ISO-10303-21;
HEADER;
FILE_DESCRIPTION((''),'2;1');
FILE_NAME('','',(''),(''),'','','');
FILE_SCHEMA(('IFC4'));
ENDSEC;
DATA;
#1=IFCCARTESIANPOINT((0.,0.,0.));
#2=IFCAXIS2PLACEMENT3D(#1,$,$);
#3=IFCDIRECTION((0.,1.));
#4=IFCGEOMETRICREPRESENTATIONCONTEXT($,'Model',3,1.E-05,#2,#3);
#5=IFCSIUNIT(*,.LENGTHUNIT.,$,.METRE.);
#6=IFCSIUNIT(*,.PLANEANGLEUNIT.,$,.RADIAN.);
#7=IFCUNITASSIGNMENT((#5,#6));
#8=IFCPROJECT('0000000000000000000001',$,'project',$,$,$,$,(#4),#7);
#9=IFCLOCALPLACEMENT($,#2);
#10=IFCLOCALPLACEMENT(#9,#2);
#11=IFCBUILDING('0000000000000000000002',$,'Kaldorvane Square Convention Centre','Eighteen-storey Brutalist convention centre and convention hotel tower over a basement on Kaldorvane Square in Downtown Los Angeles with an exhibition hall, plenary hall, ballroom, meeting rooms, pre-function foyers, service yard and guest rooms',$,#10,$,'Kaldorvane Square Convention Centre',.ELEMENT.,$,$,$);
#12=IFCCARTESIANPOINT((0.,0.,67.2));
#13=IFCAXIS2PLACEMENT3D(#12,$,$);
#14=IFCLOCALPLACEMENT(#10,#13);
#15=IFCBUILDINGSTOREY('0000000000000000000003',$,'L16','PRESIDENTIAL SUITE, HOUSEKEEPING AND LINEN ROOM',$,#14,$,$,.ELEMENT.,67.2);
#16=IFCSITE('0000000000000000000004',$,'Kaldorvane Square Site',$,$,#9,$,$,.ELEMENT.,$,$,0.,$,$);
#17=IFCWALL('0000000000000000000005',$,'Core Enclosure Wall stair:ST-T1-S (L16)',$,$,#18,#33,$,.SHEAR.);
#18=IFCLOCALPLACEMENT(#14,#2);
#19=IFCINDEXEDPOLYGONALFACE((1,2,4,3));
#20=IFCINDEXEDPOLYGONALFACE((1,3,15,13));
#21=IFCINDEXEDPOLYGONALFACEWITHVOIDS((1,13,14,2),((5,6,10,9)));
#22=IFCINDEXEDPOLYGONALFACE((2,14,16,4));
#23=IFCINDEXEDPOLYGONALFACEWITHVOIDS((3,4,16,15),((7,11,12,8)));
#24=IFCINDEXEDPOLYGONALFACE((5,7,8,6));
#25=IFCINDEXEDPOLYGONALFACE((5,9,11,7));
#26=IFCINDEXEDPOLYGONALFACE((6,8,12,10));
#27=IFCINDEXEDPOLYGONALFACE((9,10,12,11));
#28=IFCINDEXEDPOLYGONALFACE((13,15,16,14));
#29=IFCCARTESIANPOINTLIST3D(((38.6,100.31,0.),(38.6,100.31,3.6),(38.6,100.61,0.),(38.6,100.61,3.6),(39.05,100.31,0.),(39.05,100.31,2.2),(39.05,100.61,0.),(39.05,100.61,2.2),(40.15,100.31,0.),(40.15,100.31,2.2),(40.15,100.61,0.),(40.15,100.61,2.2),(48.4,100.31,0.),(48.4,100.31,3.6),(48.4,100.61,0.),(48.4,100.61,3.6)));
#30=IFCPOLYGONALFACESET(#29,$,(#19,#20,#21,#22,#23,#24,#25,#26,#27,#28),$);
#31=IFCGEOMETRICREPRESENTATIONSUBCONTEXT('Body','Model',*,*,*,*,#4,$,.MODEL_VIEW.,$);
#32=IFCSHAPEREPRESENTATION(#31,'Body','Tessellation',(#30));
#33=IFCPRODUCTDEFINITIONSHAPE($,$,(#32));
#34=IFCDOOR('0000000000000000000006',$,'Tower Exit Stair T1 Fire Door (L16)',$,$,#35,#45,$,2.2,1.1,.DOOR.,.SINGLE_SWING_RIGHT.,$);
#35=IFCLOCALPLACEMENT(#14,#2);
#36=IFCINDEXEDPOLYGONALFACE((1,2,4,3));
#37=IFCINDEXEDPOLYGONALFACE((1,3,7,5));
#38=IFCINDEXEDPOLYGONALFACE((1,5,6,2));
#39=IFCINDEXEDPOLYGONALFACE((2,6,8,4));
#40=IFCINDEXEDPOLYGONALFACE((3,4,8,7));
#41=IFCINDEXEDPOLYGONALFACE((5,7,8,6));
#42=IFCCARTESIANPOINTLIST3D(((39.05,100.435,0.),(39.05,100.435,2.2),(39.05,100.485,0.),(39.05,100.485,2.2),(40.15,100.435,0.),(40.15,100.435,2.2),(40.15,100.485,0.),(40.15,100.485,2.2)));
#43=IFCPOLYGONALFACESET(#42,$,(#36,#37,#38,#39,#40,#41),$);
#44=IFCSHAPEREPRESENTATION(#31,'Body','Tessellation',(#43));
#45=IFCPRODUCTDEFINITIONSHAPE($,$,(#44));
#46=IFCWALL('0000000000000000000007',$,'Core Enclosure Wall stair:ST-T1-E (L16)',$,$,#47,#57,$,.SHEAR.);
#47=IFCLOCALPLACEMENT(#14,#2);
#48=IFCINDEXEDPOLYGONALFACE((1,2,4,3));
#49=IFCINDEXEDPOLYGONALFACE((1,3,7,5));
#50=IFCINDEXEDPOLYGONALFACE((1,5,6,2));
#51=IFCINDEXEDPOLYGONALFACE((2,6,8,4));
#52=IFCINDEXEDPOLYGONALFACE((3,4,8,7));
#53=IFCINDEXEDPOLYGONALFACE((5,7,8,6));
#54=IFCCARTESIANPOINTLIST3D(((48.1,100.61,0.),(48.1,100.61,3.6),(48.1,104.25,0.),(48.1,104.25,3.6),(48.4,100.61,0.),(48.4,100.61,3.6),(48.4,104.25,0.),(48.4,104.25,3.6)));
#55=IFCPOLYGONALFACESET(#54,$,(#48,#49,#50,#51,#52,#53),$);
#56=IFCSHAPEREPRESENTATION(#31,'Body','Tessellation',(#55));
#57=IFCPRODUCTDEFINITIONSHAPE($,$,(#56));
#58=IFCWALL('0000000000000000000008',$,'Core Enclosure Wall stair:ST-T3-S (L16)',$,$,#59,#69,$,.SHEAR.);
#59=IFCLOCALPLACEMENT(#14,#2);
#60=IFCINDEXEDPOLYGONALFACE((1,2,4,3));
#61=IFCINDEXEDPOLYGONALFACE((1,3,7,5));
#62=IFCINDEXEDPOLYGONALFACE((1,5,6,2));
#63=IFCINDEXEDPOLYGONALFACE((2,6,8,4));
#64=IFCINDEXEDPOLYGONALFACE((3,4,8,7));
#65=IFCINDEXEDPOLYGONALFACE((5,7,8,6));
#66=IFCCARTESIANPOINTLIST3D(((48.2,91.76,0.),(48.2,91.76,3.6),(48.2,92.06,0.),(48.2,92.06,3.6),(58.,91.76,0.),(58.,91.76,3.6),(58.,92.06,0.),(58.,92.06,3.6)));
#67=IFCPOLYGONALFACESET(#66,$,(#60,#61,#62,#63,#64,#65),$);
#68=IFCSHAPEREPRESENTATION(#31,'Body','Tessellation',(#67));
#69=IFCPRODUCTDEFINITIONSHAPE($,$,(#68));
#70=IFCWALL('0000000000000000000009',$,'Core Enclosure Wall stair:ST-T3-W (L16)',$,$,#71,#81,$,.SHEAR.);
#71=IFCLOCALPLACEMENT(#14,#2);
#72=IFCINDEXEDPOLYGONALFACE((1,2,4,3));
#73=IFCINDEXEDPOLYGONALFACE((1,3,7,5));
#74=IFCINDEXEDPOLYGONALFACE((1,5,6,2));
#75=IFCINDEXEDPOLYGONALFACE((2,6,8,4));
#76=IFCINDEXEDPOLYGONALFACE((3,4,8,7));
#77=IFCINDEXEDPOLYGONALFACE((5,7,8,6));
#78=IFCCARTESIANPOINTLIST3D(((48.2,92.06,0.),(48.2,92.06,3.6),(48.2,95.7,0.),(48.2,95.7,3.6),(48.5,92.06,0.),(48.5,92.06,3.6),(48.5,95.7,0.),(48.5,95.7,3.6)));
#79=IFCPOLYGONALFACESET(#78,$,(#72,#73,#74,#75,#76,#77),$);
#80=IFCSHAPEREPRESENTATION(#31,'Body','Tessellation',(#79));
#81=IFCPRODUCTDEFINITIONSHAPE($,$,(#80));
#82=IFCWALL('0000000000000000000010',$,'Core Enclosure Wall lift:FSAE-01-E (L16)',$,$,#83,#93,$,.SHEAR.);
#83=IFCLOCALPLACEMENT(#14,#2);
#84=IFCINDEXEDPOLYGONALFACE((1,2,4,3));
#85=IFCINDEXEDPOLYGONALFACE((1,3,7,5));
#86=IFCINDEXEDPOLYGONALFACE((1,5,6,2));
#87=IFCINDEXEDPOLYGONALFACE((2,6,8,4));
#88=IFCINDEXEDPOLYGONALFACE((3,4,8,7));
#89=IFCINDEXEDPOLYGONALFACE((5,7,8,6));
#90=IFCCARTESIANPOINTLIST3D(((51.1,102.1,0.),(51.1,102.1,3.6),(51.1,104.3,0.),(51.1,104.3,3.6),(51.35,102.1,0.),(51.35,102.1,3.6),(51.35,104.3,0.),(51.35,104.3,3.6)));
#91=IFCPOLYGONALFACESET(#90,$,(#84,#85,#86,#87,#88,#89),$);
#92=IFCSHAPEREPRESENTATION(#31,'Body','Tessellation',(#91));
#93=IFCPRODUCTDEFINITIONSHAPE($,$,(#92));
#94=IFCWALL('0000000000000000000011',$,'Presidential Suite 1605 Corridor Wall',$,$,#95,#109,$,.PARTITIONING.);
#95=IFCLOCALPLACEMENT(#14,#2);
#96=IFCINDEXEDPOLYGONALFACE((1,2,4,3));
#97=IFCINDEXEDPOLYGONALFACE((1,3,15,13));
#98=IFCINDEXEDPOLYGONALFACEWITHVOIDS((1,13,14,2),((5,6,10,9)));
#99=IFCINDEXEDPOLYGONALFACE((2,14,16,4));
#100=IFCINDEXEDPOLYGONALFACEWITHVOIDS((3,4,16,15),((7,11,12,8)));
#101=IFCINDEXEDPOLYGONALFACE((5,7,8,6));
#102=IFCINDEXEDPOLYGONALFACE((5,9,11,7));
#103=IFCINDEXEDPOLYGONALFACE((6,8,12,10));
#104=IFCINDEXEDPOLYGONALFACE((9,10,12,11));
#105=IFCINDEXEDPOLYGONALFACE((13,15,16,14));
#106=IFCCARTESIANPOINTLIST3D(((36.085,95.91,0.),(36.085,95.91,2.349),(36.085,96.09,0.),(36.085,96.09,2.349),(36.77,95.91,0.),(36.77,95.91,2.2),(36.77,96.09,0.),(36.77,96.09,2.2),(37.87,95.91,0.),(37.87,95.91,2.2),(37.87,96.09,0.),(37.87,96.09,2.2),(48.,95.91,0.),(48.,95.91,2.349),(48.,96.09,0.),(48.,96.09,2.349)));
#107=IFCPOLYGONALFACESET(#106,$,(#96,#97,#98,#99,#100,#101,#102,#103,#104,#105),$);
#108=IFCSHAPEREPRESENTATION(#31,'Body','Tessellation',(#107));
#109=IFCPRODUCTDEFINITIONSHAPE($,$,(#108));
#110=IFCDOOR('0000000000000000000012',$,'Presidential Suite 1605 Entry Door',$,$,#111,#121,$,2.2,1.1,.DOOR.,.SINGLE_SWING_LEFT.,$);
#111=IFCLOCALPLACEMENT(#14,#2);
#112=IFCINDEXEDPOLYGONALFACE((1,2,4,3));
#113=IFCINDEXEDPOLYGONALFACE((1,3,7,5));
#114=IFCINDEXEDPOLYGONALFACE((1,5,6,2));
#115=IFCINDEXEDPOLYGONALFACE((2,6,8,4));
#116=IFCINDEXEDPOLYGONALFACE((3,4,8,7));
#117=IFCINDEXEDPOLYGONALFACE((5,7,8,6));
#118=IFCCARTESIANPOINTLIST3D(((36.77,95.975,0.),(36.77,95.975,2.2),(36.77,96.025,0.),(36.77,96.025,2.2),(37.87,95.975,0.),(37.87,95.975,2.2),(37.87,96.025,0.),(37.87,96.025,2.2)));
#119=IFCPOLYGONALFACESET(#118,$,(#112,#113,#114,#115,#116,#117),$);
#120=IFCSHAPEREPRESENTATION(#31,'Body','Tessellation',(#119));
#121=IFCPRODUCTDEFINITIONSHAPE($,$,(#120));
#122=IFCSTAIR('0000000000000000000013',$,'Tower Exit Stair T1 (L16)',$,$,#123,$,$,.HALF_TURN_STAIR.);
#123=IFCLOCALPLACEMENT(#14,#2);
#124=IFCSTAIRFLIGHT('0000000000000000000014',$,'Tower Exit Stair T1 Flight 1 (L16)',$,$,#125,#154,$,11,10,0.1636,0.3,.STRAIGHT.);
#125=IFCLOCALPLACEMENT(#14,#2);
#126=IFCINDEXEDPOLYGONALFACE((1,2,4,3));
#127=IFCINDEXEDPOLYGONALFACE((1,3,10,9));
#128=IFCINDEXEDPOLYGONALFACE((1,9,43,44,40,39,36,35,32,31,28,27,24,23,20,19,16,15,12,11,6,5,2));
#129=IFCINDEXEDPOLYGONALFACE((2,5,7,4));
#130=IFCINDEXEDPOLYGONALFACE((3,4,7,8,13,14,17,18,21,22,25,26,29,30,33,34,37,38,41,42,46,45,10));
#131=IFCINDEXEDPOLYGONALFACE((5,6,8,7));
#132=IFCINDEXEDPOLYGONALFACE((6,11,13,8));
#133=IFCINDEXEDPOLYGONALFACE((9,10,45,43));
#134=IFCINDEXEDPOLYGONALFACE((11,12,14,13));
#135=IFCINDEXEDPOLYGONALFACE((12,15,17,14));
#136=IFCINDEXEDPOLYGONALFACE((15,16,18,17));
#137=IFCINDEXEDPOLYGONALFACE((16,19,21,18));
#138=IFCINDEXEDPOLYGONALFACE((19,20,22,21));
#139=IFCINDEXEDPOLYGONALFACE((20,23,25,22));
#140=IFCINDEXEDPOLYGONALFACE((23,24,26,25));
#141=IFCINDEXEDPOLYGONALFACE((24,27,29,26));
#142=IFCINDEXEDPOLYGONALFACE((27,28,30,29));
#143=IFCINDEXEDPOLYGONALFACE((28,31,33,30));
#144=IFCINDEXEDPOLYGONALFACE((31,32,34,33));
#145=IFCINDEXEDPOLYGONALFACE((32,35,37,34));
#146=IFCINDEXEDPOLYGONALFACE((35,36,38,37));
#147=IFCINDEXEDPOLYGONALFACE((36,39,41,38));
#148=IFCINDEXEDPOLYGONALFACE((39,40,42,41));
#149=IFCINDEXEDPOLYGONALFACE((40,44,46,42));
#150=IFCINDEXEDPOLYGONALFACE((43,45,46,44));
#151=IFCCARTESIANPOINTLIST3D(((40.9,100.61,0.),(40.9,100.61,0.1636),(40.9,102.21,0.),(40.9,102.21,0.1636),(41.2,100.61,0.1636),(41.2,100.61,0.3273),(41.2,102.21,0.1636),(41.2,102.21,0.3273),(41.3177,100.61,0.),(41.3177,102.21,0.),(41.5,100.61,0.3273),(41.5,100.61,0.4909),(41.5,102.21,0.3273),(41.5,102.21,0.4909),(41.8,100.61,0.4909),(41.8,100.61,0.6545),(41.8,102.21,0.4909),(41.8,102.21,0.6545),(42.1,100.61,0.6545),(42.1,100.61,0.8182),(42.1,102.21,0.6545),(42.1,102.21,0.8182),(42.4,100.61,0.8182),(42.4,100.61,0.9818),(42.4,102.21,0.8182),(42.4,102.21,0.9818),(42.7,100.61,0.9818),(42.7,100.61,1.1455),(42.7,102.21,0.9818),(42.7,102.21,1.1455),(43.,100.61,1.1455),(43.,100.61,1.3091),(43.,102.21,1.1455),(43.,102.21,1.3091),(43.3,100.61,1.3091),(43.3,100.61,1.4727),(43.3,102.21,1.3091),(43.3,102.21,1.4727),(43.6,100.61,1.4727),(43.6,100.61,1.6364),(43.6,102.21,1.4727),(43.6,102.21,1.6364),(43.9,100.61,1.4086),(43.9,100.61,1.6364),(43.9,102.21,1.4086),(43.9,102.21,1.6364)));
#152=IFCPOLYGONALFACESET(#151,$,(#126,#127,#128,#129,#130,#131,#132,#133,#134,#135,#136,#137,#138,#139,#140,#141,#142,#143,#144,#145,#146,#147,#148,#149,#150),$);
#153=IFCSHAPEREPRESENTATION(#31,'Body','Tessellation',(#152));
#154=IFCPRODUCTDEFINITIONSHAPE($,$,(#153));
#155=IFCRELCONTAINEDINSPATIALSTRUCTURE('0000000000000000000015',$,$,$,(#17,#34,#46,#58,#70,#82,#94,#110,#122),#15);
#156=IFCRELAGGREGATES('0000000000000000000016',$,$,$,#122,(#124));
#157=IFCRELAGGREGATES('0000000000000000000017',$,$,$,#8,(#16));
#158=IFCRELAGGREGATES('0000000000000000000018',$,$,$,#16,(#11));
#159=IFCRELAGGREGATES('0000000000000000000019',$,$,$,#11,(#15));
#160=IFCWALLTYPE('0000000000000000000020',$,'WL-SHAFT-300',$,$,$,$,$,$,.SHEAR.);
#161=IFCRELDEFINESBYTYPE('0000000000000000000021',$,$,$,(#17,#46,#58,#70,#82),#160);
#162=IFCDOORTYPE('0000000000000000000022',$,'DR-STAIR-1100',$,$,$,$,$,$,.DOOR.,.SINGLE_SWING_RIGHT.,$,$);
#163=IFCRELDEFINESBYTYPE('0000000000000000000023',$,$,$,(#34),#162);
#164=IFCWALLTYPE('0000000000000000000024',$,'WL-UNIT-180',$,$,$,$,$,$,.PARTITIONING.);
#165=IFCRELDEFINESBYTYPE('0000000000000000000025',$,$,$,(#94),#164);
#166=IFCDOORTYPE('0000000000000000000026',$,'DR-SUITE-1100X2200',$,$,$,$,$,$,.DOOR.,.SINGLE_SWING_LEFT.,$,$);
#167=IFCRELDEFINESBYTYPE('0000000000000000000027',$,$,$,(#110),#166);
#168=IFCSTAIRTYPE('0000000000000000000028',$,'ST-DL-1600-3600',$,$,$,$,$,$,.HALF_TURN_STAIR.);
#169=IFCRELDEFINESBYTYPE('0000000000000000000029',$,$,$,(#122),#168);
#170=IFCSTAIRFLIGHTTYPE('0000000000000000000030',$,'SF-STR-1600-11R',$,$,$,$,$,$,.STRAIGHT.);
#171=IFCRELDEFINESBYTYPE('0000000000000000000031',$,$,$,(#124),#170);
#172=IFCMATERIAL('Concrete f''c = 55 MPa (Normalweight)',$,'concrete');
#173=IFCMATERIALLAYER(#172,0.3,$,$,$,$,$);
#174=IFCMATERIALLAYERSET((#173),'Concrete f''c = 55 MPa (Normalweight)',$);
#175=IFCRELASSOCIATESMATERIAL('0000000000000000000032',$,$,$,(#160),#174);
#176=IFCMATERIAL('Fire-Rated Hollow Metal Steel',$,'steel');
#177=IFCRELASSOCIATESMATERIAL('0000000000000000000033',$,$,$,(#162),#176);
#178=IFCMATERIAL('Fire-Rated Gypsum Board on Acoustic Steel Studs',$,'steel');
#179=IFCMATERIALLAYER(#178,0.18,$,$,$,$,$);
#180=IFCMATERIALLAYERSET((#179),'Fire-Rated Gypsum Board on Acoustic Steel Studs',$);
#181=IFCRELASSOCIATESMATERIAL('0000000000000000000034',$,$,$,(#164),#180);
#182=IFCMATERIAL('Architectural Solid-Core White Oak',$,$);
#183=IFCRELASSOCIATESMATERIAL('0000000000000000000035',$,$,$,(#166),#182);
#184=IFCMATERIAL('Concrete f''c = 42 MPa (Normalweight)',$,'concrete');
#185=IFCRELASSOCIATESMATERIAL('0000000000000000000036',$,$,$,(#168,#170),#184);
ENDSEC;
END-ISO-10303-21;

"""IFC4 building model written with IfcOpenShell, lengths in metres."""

from ifc_helpers import new_model, si_unit, direction, frame, frame_2d, origin, place, context, subcontext, project, spatial, polyline, rectangle, outline, extrude, material, layer, layer_set, type_object, element, fill, aggregate, save


model = new_model("IFC4")

# Units and contexts
model_context = context("Model", 3, precision=1e-05, world=origin(), true_north=direction((0.0, 1.0)))
body_context = subcontext(model_context, "Body", "Model", "MODEL_VIEW")
ifc_project = project(units=[si_unit("LENGTHUNIT", "METRE"), si_unit("PLANEANGLEUNIT", "RADIAN")], contexts=[model_context])

# Site, building, storey
site_placement = place(None, origin())
site = spatial("IfcSite", under=ifc_project, at=site_placement, Name="Kaldorvane Square Site", CompositionType="ELEMENT", RefElevation=0.0)
building_placement = place(site_placement, origin())
building = spatial("IfcBuilding", under=site, at=building_placement, Name="Kaldorvane Square Convention Centre", Description="Eighteen-storey Brutalist convention centre and convention hotel tower over a basement on Kaldorvane Square in Downtown Los Angeles with an exhibition hall, plenary hall, ballroom, meeting rooms, pre-function foyers, service yard and guest rooms", LongName="Kaldorvane Square Convention Centre", CompositionType="ELEMENT")
storey_placement = place(building_placement, frame((0.0, 0.0, 67.2)))
storey = spatial("IfcBuildingStorey", under=building, at=storey_placement, Name="L16", Description="PRESIDENTIAL SUITE, HOUSEKEEPING AND LINEN ROOM", CompositionType="ELEMENT", Elevation=67.2)

# Shared definitions
ifc_material_1 = material(Name="Fire-Rated Gypsum Board on Acoustic Steel Studs", Category="steel")
ifc_material_2 = material(Name="Architectural Solid-Core White Oak")

# Wall, opening, door
ifc_material_3 = material(Name="Concrete f'c = 55 MPa (Normalweight)", Category="concrete")
ifc_layer_1 = layer(ifc_material_3, 0.3)
ifc_layer_set_1 = layer_set([ifc_layer_1], Name="Concrete f'c = 55 MPa (Normalweight)")
wall_type_1 = type_object("IfcWallType", Name="WL-SHAFT-300", PredefinedType="SHEAR", material=ifc_layer_set_1)
wall_1_placement = place(storey_placement, frame((38.6, 100.46, 0.0), z_axis=(0.0, 0.0, 1.0), x_axis=(1.0, 0.0, 0.0)))
wall_1 = element("IfcWall", 1, at=wall_1_placement, inside=storey, type_object=wall_type_1, Name="Core Enclosure Wall stair:ST-T1-S (L16)", PredefinedType="SHEAR", context=body_context, shape_type="SweptSolid", body=[
    extrude(rectangle(XDim=9.8, YDim=0.3, at=frame_2d((4.9, 0.0))), origin(), (0.0, 0.0, 1.0), 3.6),
])
opening_1_placement = place(wall_1_placement, frame((0.45, 0.0, 0.0)))
opening_1 = element("IfcOpeningElement", 2, at=opening_1_placement, cuts=wall_1, PredefinedType="OPENING", context=body_context, shape_type="SweptSolid", body=[
    extrude(rectangle(XDim=1.1, YDim=2.2, at=frame_2d((0.55, 1.1))), frame((0.0, 0.165, 0.0), z_axis=(0.0, -1.0, 0.0), x_axis=(1.0, 0.0, 0.0)), (0.0, 0.0, 1.0), 0.33),
])
ifc_material_4 = material(Name="Fire-Rated Hollow Metal Steel", Category="steel")
door_type_1 = type_object("IfcDoorType", Name="DR-STAIR-1100", OperationType="SINGLE_SWING_RIGHT", PredefinedType="DOOR", material=ifc_material_4)
door_1_placement = place(opening_1_placement, origin())
door_1 = element("IfcDoor", 3, at=door_1_placement, inside=storey, type_object=door_type_1, Name="Tower Exit Stair T1 Fire Door (L16)", OperationType="SINGLE_SWING_RIGHT", OverallHeight=2.2, OverallWidth=1.1, PredefinedType="DOOR", context=body_context, shape_type="SweptSolid", body=[
    extrude(rectangle(XDim=1.1, YDim=2.2, at=frame_2d((0.55, 1.1))), frame((0.0, 0.025, 0.0), z_axis=(0.0, -1.0, 0.0), x_axis=(1.0, 0.0, 0.0)), (0.0, 0.0, 1.0), 0.05),
])
fill(opening_1, door_1)

# Walls
wall_2_placement = place(storey_placement, frame((48.25, 100.61, 0.0), z_axis=(0.0, 0.0, 1.0), x_axis=(0.0, 1.0, 0.0)))
element("IfcWall", 4, at=wall_2_placement, inside=storey, type_object=wall_type_1, Name="Core Enclosure Wall stair:ST-T1-E (L16)", PredefinedType="SHEAR", context=body_context, shape_type="SweptSolid", body=[
    extrude(rectangle(XDim=3.64, YDim=0.3, at=frame_2d((1.82, 0.0))), origin(), (0.0, 0.0, 1.0), 3.6),
])
wall_3_placement = place(storey_placement, frame((48.2, 91.91, 0.0), z_axis=(0.0, 0.0, 1.0), x_axis=(1.0, 0.0, 0.0)))
element("IfcWall", 5, at=wall_3_placement, inside=storey, type_object=wall_type_1, Name="Core Enclosure Wall stair:ST-T3-S (L16)", PredefinedType="SHEAR", context=body_context, shape_type="SweptSolid", body=[
    extrude(rectangle(XDim=9.8, YDim=0.3, at=frame_2d((4.9, 0.0))), origin(), (0.0, 0.0, 1.0), 3.6),
])
wall_4_placement = place(storey_placement, frame((48.35, 95.7, 0.0), z_axis=(0.0, 0.0, 1.0), x_axis=(0.0, -1.0, 0.0)))
element("IfcWall", 6, at=wall_4_placement, inside=storey, type_object=wall_type_1, Name="Core Enclosure Wall stair:ST-T3-W (L16)", PredefinedType="SHEAR", context=body_context, shape_type="SweptSolid", body=[
    extrude(rectangle(XDim=3.64, YDim=0.3, at=frame_2d((1.82, 0.0))), origin(), (0.0, 0.0, 1.0), 3.6),
])

# Wall
wall_5_placement = place(storey_placement, frame((51.225, 102.1, 0.0), z_axis=(0.0, 0.0, 1.0), x_axis=(0.0, 1.0, 0.0)))
element("IfcWall", 7, at=wall_5_placement, inside=storey, type_object=wall_type_1, Name="Core Enclosure Wall lift:FSAE-01-E (L16)", PredefinedType="SHEAR", context=body_context, shape_type="SweptSolid", body=[
    extrude(rectangle(XDim=2.2, YDim=0.25, at=frame_2d((1.1, 0.0))), origin(), (0.0, 0.0, 1.0), 3.6),
])

# Wall, opening, door
ifc_layer_2 = layer(ifc_material_1, 0.18)
ifc_layer_set_2 = layer_set([ifc_layer_2], Name="Fire-Rated Gypsum Board on Acoustic Steel Studs")
wall_type_2 = type_object("IfcWallType", Name="WL-UNIT-180", PredefinedType="PARTITIONING", material=ifc_layer_set_2)
wall_6_placement = place(storey_placement, frame((36.085, 96.0, 0.0), z_axis=(0.0, 0.0, 1.0), x_axis=(1.0, 0.0, 0.0)))
wall_6 = element("IfcWall", 8, at=wall_6_placement, inside=storey, type_object=wall_type_2, Name="Presidential Suite 1605 Corridor Wall", PredefinedType="PARTITIONING", context=body_context, shape_type="SweptSolid", body=[
    extrude(rectangle(XDim=11.915, YDim=0.18, at=frame_2d((5.9575, 0.0))), origin(), (0.0, 0.0, 1.0), 2.349),
])
opening_2_placement = place(wall_6_placement, frame((0.685, 0.0, 0.0)))
opening_2 = element("IfcOpeningElement", 9, at=opening_2_placement, cuts=wall_6, PredefinedType="OPENING", context=body_context, shape_type="SweptSolid", body=[
    extrude(rectangle(XDim=1.1, YDim=2.2, at=frame_2d((0.55, 1.1))), frame((0.0, 0.105, 0.0), z_axis=(0.0, -1.0, 0.0), x_axis=(1.0, 0.0, 0.0)), (0.0, 0.0, 1.0), 0.21),
])
door_type_2 = type_object("IfcDoorType", Name="DR-SUITE-1100X2200", OperationType="SINGLE_SWING_LEFT", PredefinedType="DOOR", material=ifc_material_2)
door_2_placement = place(opening_2_placement, origin())
door_2 = element("IfcDoor", 10, at=door_2_placement, inside=storey, type_object=door_type_2, Name="Presidential Suite 1605 Entry Door", OperationType="SINGLE_SWING_LEFT", OverallHeight=2.2, OverallWidth=1.1, PredefinedType="DOOR", context=body_context, shape_type="SweptSolid", body=[
    extrude(rectangle(XDim=1.1, YDim=2.2, at=frame_2d((0.55, 1.1))), frame((0.0, 0.025, 0.0), z_axis=(0.0, -1.0, 0.0), x_axis=(1.0, 0.0, 0.0)), (0.0, 0.0, 1.0), 0.05),
])
fill(opening_2, door_2)

# Stair, stair flight
ifc_material_5 = material(Name="Concrete f'c = 42 MPa (Normalweight)", Category="concrete")
stair_type = type_object("IfcStairType", Name="ST-DL-1600-3600", PredefinedType="HALF_TURN_STAIR", material=ifc_material_5)
stair_1_placement = place(storey_placement, origin())
stair_1 = element("IfcStair", 11, at=stair_1_placement, inside=storey, type_object=stair_type, Name="Tower Exit Stair T1 (L16)", PredefinedType="HALF_TURN_STAIR")
stair_flight_type = type_object("IfcStairFlightType", Name="SF-STR-1600-11R", PredefinedType="STRAIGHT", material=ifc_material_5)
stair_flight_1_placement = place(storey_placement, frame((40.9, 101.41, 0.0), z_axis=(0.0, 0.0, 1.0), x_axis=(1.0, 0.0, 0.0)))
stair_flight_1 = element("IfcStairFlight", 12, at=stair_flight_1_placement, type_object=stair_flight_type, Name="Tower Exit Stair T1 Flight 1 (L16)", NumberOfRisers=11, NumberOfTreads=10, PredefinedType="STRAIGHT", RiserHeight=0.1636, TreadLength=0.3, context=body_context, shape_type="SweptSolid", body=[
    extrude(outline(polyline([(0.0, 0.0), (0.0, 0.1636), (0.3, 0.1636), (0.3, 0.3273), (0.6, 0.3273), (0.6, 0.4909), (0.9, 0.4909), (0.9, 0.6545), (1.2, 0.6545), (1.2, 0.8182), (1.5, 0.8182), (1.5, 0.9818), (1.8, 0.9818), (1.8, 1.1455), (2.1, 1.1455), (2.1, 1.3091), (2.4, 1.3091), (2.4, 1.4727), (2.7, 1.4727), (2.7, 1.6364), (3.0, 1.6364), (3.0, 1.8), (3.0, 1.4086), (0.4177, 0.0), (0.0, 0.0)])), frame((0.0, 0.8, 0.0), z_axis=(0.0, -1.0, 0.0), x_axis=(1.0, 0.0, 0.0)), (0.0, 0.0, 1.0), 1.6),
])
aggregate(stair_1, [stair_flight_1])

save(model, "model.ifc")
